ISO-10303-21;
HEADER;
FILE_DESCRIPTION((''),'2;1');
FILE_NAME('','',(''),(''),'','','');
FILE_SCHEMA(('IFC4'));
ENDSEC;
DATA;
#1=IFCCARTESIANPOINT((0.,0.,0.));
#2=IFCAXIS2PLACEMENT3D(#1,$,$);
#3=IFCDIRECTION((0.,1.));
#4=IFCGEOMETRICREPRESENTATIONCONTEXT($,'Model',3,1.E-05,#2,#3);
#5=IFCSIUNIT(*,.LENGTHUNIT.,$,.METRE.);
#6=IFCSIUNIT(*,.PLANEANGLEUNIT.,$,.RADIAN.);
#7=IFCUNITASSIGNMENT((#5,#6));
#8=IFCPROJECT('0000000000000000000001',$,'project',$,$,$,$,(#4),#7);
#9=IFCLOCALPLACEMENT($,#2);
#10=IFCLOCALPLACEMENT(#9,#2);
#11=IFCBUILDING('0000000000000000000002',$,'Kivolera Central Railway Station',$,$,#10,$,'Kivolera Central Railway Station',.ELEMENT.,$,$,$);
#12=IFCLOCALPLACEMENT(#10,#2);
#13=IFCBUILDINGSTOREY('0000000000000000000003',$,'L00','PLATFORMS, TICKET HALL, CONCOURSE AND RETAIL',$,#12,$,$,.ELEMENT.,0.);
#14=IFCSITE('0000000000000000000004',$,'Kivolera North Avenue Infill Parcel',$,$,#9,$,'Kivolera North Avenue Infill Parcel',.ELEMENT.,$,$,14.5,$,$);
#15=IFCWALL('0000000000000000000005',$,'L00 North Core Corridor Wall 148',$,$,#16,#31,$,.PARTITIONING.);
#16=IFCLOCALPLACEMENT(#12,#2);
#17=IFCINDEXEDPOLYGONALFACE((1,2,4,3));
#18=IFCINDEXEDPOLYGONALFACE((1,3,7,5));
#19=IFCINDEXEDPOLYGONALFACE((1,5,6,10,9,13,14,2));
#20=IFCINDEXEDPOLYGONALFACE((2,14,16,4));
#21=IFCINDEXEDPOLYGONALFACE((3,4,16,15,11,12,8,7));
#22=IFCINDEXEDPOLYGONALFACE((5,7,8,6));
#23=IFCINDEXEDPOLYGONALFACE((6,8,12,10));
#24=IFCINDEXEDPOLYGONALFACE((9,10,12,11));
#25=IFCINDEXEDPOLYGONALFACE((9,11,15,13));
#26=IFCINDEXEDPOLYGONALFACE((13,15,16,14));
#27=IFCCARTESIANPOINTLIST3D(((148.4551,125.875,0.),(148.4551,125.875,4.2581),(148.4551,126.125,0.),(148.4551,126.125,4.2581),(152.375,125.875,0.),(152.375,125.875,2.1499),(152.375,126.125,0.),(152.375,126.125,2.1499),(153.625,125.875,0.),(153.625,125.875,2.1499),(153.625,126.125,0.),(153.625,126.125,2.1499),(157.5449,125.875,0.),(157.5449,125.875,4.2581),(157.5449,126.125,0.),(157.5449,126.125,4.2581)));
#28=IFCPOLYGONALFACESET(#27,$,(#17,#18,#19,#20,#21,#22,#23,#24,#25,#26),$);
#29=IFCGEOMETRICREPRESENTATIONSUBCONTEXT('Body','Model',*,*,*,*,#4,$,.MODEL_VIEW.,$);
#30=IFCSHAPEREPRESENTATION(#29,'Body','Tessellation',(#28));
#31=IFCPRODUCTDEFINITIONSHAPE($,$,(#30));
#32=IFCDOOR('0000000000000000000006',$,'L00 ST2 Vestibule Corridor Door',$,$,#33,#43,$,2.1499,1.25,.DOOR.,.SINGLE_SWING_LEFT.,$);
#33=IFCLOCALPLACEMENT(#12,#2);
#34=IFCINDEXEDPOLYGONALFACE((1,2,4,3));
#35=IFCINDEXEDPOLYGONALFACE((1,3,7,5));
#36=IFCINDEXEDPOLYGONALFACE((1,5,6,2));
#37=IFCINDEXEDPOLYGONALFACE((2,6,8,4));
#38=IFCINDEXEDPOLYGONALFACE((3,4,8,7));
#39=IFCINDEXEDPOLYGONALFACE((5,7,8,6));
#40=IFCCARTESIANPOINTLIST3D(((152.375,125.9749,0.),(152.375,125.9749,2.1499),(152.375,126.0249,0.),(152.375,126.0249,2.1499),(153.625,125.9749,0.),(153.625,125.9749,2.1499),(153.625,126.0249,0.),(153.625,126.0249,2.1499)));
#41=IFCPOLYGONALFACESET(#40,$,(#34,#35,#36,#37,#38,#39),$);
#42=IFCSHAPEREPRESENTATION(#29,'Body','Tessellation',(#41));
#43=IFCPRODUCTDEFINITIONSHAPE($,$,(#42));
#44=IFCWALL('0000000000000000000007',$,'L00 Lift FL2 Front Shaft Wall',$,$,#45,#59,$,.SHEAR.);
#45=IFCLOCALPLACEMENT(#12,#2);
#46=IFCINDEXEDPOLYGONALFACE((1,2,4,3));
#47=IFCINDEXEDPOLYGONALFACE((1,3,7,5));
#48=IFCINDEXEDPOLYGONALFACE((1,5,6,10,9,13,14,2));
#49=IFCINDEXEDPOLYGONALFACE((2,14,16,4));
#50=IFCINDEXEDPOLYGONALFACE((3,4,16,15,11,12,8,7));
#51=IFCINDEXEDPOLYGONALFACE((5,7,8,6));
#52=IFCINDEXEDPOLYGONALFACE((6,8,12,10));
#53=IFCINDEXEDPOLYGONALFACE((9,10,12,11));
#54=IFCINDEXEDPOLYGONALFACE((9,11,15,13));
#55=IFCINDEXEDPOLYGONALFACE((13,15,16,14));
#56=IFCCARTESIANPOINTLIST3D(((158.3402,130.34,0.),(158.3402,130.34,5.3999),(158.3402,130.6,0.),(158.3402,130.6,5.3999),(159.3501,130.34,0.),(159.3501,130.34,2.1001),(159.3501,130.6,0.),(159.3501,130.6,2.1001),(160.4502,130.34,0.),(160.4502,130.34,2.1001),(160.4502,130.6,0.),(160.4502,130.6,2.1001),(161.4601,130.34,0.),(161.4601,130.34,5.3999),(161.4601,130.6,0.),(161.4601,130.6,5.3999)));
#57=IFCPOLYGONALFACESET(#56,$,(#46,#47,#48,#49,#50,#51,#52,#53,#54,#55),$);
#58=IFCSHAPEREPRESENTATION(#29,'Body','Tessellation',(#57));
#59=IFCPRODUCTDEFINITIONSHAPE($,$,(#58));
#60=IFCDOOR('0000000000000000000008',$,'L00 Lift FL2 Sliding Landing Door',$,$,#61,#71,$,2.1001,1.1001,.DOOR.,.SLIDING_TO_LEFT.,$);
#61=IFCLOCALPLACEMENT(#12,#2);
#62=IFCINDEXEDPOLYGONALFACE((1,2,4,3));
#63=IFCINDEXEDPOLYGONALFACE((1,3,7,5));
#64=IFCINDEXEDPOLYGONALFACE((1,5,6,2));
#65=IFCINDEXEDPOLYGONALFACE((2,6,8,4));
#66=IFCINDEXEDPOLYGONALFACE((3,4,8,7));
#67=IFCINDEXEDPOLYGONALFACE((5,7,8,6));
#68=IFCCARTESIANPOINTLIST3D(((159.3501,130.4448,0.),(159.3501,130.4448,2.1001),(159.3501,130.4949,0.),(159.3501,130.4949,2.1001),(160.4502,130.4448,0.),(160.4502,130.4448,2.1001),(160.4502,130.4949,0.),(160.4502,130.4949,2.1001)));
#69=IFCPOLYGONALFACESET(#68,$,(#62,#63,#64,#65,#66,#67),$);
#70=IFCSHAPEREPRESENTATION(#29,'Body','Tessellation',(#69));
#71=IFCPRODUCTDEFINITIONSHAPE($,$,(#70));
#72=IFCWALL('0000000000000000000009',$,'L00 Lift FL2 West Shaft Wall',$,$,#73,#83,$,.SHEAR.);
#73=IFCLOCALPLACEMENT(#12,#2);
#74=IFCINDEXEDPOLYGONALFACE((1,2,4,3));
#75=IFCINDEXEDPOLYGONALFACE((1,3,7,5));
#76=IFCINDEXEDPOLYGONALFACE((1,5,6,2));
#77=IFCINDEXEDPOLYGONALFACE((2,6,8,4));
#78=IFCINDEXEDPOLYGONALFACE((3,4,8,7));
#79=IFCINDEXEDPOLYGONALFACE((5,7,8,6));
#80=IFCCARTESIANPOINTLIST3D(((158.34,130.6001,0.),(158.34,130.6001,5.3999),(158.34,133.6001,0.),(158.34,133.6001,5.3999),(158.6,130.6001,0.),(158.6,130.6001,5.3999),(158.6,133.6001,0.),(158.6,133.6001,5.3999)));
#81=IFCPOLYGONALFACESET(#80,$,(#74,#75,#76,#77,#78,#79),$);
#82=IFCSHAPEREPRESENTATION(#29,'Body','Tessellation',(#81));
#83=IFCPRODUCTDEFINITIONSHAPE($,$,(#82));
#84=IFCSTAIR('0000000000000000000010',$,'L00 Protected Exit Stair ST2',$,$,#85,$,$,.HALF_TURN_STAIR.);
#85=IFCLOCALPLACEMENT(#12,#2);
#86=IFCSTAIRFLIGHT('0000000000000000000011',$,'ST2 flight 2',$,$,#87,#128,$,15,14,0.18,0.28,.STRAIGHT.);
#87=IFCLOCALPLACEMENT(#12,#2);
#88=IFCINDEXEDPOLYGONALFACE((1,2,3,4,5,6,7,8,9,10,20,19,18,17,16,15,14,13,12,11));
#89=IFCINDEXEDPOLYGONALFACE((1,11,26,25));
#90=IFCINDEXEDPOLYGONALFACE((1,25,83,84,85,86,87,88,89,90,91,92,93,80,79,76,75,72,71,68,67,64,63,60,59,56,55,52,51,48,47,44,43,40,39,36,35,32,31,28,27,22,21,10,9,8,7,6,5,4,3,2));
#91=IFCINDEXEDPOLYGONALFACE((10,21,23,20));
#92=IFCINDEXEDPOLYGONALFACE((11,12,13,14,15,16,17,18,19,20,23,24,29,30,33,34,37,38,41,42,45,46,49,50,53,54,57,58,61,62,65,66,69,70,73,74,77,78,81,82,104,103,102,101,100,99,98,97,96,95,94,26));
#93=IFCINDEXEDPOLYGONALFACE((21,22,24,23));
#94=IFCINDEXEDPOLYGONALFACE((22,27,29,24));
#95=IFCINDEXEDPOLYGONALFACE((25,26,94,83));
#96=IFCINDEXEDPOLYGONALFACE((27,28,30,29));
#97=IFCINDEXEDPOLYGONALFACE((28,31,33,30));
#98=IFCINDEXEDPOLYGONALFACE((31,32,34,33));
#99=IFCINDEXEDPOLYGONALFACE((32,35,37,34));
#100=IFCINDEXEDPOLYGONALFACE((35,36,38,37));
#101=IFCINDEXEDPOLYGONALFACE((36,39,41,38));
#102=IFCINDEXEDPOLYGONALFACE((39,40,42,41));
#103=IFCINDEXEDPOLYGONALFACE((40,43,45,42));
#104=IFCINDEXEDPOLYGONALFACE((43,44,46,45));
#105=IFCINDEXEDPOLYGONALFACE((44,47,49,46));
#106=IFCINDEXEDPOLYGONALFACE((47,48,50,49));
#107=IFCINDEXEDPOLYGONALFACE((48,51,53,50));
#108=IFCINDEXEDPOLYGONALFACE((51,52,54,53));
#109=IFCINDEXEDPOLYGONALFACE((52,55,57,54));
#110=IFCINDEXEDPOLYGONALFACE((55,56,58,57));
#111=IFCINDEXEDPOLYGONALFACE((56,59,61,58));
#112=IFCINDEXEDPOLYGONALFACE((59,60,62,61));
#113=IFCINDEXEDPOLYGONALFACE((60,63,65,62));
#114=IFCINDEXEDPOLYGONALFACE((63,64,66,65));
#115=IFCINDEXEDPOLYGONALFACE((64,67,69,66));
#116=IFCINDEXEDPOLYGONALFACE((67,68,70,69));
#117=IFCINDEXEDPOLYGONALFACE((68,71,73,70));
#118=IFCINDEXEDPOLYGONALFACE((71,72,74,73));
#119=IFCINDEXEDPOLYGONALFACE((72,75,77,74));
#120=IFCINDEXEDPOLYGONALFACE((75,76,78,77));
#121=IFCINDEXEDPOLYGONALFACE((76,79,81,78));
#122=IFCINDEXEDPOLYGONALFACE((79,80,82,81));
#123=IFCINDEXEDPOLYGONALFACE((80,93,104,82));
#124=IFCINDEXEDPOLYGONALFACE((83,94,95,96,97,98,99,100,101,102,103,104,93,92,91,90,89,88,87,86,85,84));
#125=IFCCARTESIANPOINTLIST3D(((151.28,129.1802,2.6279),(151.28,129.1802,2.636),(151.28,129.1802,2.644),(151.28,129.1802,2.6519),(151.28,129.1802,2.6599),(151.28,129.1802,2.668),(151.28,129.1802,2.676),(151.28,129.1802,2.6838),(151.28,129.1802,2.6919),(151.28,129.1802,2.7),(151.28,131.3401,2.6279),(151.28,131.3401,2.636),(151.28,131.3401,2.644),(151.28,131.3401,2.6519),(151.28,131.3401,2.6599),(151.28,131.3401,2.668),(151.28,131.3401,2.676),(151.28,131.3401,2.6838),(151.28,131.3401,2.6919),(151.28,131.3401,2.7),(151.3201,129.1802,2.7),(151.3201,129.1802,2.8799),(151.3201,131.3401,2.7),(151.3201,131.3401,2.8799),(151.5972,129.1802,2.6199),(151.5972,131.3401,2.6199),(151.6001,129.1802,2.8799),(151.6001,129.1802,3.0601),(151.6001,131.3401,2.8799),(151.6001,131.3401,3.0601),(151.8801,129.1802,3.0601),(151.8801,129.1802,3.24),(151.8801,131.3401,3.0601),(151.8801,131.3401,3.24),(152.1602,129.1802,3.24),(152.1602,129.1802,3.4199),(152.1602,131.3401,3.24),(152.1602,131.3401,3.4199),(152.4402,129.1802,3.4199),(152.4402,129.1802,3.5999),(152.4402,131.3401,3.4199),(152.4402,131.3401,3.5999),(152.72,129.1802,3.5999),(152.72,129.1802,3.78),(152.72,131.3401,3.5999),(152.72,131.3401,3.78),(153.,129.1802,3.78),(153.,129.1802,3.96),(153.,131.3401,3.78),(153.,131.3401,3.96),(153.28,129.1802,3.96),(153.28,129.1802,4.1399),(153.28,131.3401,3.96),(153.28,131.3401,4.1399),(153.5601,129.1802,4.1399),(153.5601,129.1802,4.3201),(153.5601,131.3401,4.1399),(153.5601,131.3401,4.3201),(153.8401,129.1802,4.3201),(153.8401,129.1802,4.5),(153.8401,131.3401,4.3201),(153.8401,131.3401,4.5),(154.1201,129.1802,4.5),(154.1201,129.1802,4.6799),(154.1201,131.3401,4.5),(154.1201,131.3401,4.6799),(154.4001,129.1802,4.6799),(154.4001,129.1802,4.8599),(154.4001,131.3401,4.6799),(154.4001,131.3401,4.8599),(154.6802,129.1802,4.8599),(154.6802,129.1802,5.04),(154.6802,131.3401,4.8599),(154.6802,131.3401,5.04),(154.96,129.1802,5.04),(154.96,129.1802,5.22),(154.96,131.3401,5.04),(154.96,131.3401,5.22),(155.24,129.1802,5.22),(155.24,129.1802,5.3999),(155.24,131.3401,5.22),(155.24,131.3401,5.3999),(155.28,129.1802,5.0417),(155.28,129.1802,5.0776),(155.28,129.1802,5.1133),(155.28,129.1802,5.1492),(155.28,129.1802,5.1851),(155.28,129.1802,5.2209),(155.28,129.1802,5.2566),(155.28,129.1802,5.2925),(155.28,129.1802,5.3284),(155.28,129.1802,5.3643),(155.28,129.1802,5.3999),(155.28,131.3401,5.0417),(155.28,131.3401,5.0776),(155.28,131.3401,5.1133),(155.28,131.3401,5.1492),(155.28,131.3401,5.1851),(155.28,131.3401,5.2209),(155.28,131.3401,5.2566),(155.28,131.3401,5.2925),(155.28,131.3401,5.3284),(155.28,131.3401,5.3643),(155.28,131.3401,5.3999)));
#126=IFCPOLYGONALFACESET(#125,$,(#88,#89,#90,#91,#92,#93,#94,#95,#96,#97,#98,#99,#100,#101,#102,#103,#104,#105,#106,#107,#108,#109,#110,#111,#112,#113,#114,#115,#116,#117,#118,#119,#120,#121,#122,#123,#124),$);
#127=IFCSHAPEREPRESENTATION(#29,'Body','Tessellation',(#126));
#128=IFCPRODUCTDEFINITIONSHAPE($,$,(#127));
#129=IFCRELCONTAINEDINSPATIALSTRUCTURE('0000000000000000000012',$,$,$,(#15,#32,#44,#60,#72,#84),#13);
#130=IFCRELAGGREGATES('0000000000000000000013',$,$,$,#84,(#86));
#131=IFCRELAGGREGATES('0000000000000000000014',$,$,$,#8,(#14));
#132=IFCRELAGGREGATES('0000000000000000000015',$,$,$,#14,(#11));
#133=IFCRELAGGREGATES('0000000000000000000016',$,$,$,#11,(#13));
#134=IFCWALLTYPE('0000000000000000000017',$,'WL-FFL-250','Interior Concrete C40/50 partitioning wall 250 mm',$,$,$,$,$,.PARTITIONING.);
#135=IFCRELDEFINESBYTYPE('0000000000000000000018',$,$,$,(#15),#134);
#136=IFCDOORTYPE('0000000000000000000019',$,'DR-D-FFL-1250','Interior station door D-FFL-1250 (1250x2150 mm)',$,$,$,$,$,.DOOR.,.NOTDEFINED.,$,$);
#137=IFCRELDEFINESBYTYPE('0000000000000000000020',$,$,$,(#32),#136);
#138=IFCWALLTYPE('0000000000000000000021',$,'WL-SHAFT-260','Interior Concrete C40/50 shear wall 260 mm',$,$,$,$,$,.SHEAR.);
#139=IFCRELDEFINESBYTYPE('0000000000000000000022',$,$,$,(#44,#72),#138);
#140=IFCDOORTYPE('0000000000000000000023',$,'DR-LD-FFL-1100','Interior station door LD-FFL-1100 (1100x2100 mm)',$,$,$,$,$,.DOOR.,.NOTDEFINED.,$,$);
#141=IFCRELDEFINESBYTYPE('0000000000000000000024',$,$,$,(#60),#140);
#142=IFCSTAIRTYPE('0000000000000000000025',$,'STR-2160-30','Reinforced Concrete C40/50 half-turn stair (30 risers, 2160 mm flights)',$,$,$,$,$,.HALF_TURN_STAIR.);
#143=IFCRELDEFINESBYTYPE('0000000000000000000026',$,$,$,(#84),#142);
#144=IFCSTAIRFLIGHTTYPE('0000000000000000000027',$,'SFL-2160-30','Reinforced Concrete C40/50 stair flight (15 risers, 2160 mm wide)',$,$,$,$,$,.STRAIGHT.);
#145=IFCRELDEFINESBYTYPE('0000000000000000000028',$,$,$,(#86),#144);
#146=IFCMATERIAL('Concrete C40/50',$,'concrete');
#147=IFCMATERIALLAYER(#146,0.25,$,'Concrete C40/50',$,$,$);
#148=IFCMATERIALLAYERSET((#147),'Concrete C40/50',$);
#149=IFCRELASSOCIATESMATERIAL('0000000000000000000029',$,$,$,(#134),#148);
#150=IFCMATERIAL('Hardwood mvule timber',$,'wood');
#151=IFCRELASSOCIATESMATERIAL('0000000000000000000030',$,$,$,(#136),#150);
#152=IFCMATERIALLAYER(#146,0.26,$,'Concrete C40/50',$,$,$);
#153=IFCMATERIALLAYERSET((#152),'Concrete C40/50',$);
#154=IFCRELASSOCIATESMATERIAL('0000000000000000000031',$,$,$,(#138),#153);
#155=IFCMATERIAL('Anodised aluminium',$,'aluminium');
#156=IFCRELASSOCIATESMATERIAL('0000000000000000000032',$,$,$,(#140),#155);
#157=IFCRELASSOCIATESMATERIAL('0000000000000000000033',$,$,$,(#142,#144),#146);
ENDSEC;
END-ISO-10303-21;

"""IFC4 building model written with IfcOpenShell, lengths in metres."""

from ifc_helpers import new_model, si_unit, direction, frame, frame_2d, origin, place, context, subcontext, project, spatial, polyline, rectangle, outline, extrude, material, layer, layer_set, type_object, element, fill, aggregate, save


model = new_model("IFC4")

# Units and contexts
model_context = context("Model", 3, precision=1e-05, world=origin(), true_north=direction((0.0, 1.0)))
body_context = subcontext(model_context, "Body", "Model", "MODEL_VIEW")
ifc_project = project(units=[si_unit("LENGTHUNIT", "METRE"), si_unit("PLANEANGLEUNIT", "RADIAN")], contexts=[model_context])

# Site, building, storey
site_placement = place(None, origin())
site = spatial("IfcSite", under=ifc_project, at=site_placement, Name="Kivolera North Avenue Infill Parcel", LongName="Kivolera North Avenue Infill Parcel", CompositionType="ELEMENT", RefElevation=14.5)
building_placement = place(site_placement, origin())
building = spatial("IfcBuilding", under=site, at=building_placement, Name="Kivolera Central Railway Station", LongName="Kivolera Central Railway Station", CompositionType="ELEMENT")
storey_placement = place(building_placement, origin())
storey = spatial("IfcBuildingStorey", under=building, at=storey_placement, Name="L00", Description="PLATFORMS, TICKET HALL, CONCOURSE AND RETAIL", CompositionType="ELEMENT", Elevation=0.0)

# Shared definitions
ifc_material_1 = material(Name="Concrete C40/50", Category="concrete")

# Shared definitions
ifc_material_2 = material(Name="Hardwood mvule timber", Category="wood")

# Wall, opening, door
ifc_layer_1 = layer(ifc_material_1, 0.25, Name="Concrete C40/50")
ifc_layer_set_1 = layer_set([ifc_layer_1], Name="Concrete C40/50")
wall_type_1 = type_object("IfcWallType", Name="WL-FFL-250", Description="Interior Concrete C40/50 partitioning wall 250 mm", PredefinedType="PARTITIONING", material=ifc_layer_set_1)
wall_1_placement = place(storey_placement, frame((148.4551, 126.0, 0.0), z_axis=(0.0, 0.0, 1.0), x_axis=(1.0, 0.0, 0.0)))
wall_1 = element("IfcWall", 1, at=wall_1_placement, inside=storey, type_object=wall_type_1, Name="L00 North Core Corridor Wall 148", PredefinedType="PARTITIONING", context=body_context, shape_type="SweptSolid", body=[
    extrude(rectangle(XDim=9.0898, YDim=0.25, at=frame_2d((4.5449, 0.0))), origin(), (0.0, 0.0, 1.0), 4.2581),
])
opening_1_placement = place(wall_1_placement, frame((3.9199, 0.0, 0.0)))
opening_1 = element("IfcOpeningElement", 2, at=opening_1_placement, cuts=wall_1, PredefinedType="OPENING", context=body_context, shape_type="SweptSolid", body=[
    extrude(rectangle(XDim=1.25, YDim=2.1499, at=frame_2d((0.625, 1.075))), frame((0.0, 0.135, 0.0), z_axis=(0.0, -1.0, 0.0), x_axis=(1.0, 0.0, 0.0)), (0.0, 0.0, 1.0), 0.27),
])
door_type_1 = type_object("IfcDoorType", Name="DR-D-FFL-1250", Description="Interior station door D-FFL-1250 (1250x2150 mm)", OperationType="NOTDEFINED", PredefinedType="DOOR", material=ifc_material_2)
door_1_placement = place(opening_1_placement, origin())
door_1 = element("IfcDoor", 3, at=door_1_placement, inside=storey, type_object=door_type_1, Name="L00 ST2 Vestibule Corridor Door", OperationType="SINGLE_SWING_LEFT", OverallHeight=2.1499, OverallWidth=1.25, PredefinedType="DOOR", context=body_context, shape_type="SweptSolid", body=[
    extrude(rectangle(XDim=1.25, YDim=2.1499, at=frame_2d((0.625, 1.075))), frame((0.0, 0.0249, 0.0), z_axis=(0.0, -1.0, 0.0), x_axis=(1.0, 0.0, 0.0)), (0.0, 0.0, 1.0), 0.05),
])
fill(opening_1, door_1)

# Wall, opening, door
ifc_layer_2 = layer(ifc_material_1, 0.26, Name="Concrete C40/50")
ifc_layer_set_2 = layer_set([ifc_layer_2], Name="Concrete C40/50")
wall_type_2 = type_object("IfcWallType", Name="WL-SHAFT-260", Description="Interior Concrete C40/50 shear wall 260 mm", PredefinedType="SHEAR", material=ifc_layer_set_2)
wall_2_placement = place(storey_placement, frame((158.3401, 130.47, 0.0), z_axis=(0.0, 0.0, 1.0), x_axis=(1.0, 0.0, 0.0)))
wall_2 = element("IfcWall", 4, at=wall_2_placement, inside=storey, type_object=wall_type_2, Name="L00 Lift FL2 Front Shaft Wall", PredefinedType="SHEAR", context=body_context, shape_type="SweptSolid", body=[
    extrude(rectangle(XDim=3.1199, YDim=0.26, at=frame_2d((1.5601, 0.0))), origin(), (0.0, 0.0, 1.0), 5.3999),
])
opening_2_placement = place(wall_2_placement, frame((1.01, 0.0, 0.0)))
opening_2 = element("IfcOpeningElement", 5, at=opening_2_placement, cuts=wall_2, PredefinedType="OPENING", context=body_context, shape_type="SweptSolid", body=[
    extrude(rectangle(XDim=1.1001, YDim=2.1001, at=frame_2d((0.55, 1.05))), frame((0.0, 0.1399, 0.0), z_axis=(0.0, -1.0, 0.0), x_axis=(1.0, 0.0, 0.0)), (0.0, 0.0, 1.0), 0.28),
])
ifc_material_3 = material(Name="Anodised aluminium", Category="aluminium")
door_type_2 = type_object("IfcDoorType", Name="DR-LD-FFL-1100", Description="Interior station door LD-FFL-1100 (1100x2100 mm)", OperationType="NOTDEFINED", PredefinedType="DOOR", material=ifc_material_3)
door_2_placement = place(opening_2_placement, origin())
door_2 = element("IfcDoor", 6, at=door_2_placement, inside=storey, type_object=door_type_2, Name="L00 Lift FL2 Sliding Landing Door", OperationType="SLIDING_TO_LEFT", OverallHeight=2.1001, OverallWidth=1.1001, PredefinedType="DOOR", context=body_context, shape_type="SweptSolid", body=[
    extrude(rectangle(XDim=1.1001, YDim=2.1001, at=frame_2d((0.55, 1.05))), frame((0.0, 0.0249, 0.0), z_axis=(0.0, -1.0, 0.0), x_axis=(1.0, 0.0, 0.0)), (0.0, 0.0, 1.0), 0.05),
])
fill(opening_2, door_2)

# Wall
wall_3_placement = place(storey_placement, frame((158.47, 130.6001, 0.0), z_axis=(0.0, 0.0, 1.0), x_axis=(0.0, 1.0, 0.0)))
element("IfcWall", 7, at=wall_3_placement, inside=storey, type_object=wall_type_2, Name="L00 Lift FL2 West Shaft Wall", PredefinedType="SHEAR", context=body_context, shape_type="SweptSolid", body=[
    extrude(rectangle(XDim=3.0, YDim=0.26, at=frame_2d((1.5, 0.0))), origin(), (0.0, 0.0, 1.0), 5.3999),
])

# Stair, stair flight
stair_type = type_object("IfcStairType", Name="STR-2160-30", Description="Reinforced Concrete C40/50 half-turn stair (30 risers, 2160 mm flights)", PredefinedType="HALF_TURN_STAIR", material=ifc_material_1)
stair_placement = place(storey_placement, origin())
stair = element("IfcStair", 8, at=stair_placement, inside=storey, type_object=stair_type, Name="L00 Protected Exit Stair ST2", PredefinedType="HALF_TURN_STAIR")
stair_flight_type = type_object("IfcStairFlightType", Name="SFL-2160-30", Description="Reinforced Concrete C40/50 stair flight (15 risers, 2160 mm wide)", PredefinedType="STRAIGHT", material=ifc_material_1)
stair_flight_placement = place(storey_placement, frame((151.3201, 130.26, 2.7), z_axis=(0.0, 0.0, 1.0), x_axis=(1.0, 0.0, 0.0)))
stair_flight = element("IfcStairFlight", 9, at=stair_flight_placement, type_object=stair_flight_type, Name="ST2 flight 2", NumberOfRisers=15, NumberOfTreads=14, PredefinedType="STRAIGHT", RiserHeight=0.18, TreadLength=0.28, context=body_context, shape_type="SweptSolid", body=[
    extrude(outline(polyline([(-0.04, 0.0), (0.0, 0.0), (0.0, 0.1799), (0.28, 0.1799), (0.28, 0.3601), (0.5601, 0.3601), (0.5601, 0.54), (0.8401, 0.54), (0.8401, 0.72), (1.1201, 0.72), (1.1201, 0.8999), (1.3999, 0.8999), (1.3999, 1.0801), (1.6799, 1.0801), (1.6799, 1.26), (1.96, 1.26), (1.96, 1.4399), (2.24, 1.4399), (2.24, 1.6201), (2.52, 1.6201), (2.52, 1.8), (2.8, 1.8), (2.8, 1.98), (3.0801, 1.98), (3.0801, 2.1599), (3.3601, 2.1599), (3.3601, 2.3401), (3.6399, 2.3401), (3.6399, 2.52), (3.9199, 2.52), (3.9199, 2.7), (3.96, 2.7), (3.96, 2.6643), (3.96, 2.6284), (3.96, 2.5925), (3.96, 2.5566), (3.96, 2.521), (3.96, 2.4851), (3.96, 2.4492), (3.96, 2.4133), (3.96, 2.3777), (3.96, 2.3418), (0.2771, -0.0801), (-0.04, -0.072), (-0.04, -0.064), (-0.04, -0.0559), (-0.04, -0.0481), (-0.04, -0.04), (-0.04, -0.032), (-0.04, -0.0239), (-0.04, -0.0161), (-0.04, -0.0081), (-0.04, 0.0)])), frame((0.0, 1.0801, 0.0), z_axis=(0.0, -1.0, 0.0), x_axis=(1.0, 0.0, 0.0)), (0.0, 0.0, 1.0), 2.1599),
])
aggregate(stair, [stair_flight])

save(model, "model.ifc")
